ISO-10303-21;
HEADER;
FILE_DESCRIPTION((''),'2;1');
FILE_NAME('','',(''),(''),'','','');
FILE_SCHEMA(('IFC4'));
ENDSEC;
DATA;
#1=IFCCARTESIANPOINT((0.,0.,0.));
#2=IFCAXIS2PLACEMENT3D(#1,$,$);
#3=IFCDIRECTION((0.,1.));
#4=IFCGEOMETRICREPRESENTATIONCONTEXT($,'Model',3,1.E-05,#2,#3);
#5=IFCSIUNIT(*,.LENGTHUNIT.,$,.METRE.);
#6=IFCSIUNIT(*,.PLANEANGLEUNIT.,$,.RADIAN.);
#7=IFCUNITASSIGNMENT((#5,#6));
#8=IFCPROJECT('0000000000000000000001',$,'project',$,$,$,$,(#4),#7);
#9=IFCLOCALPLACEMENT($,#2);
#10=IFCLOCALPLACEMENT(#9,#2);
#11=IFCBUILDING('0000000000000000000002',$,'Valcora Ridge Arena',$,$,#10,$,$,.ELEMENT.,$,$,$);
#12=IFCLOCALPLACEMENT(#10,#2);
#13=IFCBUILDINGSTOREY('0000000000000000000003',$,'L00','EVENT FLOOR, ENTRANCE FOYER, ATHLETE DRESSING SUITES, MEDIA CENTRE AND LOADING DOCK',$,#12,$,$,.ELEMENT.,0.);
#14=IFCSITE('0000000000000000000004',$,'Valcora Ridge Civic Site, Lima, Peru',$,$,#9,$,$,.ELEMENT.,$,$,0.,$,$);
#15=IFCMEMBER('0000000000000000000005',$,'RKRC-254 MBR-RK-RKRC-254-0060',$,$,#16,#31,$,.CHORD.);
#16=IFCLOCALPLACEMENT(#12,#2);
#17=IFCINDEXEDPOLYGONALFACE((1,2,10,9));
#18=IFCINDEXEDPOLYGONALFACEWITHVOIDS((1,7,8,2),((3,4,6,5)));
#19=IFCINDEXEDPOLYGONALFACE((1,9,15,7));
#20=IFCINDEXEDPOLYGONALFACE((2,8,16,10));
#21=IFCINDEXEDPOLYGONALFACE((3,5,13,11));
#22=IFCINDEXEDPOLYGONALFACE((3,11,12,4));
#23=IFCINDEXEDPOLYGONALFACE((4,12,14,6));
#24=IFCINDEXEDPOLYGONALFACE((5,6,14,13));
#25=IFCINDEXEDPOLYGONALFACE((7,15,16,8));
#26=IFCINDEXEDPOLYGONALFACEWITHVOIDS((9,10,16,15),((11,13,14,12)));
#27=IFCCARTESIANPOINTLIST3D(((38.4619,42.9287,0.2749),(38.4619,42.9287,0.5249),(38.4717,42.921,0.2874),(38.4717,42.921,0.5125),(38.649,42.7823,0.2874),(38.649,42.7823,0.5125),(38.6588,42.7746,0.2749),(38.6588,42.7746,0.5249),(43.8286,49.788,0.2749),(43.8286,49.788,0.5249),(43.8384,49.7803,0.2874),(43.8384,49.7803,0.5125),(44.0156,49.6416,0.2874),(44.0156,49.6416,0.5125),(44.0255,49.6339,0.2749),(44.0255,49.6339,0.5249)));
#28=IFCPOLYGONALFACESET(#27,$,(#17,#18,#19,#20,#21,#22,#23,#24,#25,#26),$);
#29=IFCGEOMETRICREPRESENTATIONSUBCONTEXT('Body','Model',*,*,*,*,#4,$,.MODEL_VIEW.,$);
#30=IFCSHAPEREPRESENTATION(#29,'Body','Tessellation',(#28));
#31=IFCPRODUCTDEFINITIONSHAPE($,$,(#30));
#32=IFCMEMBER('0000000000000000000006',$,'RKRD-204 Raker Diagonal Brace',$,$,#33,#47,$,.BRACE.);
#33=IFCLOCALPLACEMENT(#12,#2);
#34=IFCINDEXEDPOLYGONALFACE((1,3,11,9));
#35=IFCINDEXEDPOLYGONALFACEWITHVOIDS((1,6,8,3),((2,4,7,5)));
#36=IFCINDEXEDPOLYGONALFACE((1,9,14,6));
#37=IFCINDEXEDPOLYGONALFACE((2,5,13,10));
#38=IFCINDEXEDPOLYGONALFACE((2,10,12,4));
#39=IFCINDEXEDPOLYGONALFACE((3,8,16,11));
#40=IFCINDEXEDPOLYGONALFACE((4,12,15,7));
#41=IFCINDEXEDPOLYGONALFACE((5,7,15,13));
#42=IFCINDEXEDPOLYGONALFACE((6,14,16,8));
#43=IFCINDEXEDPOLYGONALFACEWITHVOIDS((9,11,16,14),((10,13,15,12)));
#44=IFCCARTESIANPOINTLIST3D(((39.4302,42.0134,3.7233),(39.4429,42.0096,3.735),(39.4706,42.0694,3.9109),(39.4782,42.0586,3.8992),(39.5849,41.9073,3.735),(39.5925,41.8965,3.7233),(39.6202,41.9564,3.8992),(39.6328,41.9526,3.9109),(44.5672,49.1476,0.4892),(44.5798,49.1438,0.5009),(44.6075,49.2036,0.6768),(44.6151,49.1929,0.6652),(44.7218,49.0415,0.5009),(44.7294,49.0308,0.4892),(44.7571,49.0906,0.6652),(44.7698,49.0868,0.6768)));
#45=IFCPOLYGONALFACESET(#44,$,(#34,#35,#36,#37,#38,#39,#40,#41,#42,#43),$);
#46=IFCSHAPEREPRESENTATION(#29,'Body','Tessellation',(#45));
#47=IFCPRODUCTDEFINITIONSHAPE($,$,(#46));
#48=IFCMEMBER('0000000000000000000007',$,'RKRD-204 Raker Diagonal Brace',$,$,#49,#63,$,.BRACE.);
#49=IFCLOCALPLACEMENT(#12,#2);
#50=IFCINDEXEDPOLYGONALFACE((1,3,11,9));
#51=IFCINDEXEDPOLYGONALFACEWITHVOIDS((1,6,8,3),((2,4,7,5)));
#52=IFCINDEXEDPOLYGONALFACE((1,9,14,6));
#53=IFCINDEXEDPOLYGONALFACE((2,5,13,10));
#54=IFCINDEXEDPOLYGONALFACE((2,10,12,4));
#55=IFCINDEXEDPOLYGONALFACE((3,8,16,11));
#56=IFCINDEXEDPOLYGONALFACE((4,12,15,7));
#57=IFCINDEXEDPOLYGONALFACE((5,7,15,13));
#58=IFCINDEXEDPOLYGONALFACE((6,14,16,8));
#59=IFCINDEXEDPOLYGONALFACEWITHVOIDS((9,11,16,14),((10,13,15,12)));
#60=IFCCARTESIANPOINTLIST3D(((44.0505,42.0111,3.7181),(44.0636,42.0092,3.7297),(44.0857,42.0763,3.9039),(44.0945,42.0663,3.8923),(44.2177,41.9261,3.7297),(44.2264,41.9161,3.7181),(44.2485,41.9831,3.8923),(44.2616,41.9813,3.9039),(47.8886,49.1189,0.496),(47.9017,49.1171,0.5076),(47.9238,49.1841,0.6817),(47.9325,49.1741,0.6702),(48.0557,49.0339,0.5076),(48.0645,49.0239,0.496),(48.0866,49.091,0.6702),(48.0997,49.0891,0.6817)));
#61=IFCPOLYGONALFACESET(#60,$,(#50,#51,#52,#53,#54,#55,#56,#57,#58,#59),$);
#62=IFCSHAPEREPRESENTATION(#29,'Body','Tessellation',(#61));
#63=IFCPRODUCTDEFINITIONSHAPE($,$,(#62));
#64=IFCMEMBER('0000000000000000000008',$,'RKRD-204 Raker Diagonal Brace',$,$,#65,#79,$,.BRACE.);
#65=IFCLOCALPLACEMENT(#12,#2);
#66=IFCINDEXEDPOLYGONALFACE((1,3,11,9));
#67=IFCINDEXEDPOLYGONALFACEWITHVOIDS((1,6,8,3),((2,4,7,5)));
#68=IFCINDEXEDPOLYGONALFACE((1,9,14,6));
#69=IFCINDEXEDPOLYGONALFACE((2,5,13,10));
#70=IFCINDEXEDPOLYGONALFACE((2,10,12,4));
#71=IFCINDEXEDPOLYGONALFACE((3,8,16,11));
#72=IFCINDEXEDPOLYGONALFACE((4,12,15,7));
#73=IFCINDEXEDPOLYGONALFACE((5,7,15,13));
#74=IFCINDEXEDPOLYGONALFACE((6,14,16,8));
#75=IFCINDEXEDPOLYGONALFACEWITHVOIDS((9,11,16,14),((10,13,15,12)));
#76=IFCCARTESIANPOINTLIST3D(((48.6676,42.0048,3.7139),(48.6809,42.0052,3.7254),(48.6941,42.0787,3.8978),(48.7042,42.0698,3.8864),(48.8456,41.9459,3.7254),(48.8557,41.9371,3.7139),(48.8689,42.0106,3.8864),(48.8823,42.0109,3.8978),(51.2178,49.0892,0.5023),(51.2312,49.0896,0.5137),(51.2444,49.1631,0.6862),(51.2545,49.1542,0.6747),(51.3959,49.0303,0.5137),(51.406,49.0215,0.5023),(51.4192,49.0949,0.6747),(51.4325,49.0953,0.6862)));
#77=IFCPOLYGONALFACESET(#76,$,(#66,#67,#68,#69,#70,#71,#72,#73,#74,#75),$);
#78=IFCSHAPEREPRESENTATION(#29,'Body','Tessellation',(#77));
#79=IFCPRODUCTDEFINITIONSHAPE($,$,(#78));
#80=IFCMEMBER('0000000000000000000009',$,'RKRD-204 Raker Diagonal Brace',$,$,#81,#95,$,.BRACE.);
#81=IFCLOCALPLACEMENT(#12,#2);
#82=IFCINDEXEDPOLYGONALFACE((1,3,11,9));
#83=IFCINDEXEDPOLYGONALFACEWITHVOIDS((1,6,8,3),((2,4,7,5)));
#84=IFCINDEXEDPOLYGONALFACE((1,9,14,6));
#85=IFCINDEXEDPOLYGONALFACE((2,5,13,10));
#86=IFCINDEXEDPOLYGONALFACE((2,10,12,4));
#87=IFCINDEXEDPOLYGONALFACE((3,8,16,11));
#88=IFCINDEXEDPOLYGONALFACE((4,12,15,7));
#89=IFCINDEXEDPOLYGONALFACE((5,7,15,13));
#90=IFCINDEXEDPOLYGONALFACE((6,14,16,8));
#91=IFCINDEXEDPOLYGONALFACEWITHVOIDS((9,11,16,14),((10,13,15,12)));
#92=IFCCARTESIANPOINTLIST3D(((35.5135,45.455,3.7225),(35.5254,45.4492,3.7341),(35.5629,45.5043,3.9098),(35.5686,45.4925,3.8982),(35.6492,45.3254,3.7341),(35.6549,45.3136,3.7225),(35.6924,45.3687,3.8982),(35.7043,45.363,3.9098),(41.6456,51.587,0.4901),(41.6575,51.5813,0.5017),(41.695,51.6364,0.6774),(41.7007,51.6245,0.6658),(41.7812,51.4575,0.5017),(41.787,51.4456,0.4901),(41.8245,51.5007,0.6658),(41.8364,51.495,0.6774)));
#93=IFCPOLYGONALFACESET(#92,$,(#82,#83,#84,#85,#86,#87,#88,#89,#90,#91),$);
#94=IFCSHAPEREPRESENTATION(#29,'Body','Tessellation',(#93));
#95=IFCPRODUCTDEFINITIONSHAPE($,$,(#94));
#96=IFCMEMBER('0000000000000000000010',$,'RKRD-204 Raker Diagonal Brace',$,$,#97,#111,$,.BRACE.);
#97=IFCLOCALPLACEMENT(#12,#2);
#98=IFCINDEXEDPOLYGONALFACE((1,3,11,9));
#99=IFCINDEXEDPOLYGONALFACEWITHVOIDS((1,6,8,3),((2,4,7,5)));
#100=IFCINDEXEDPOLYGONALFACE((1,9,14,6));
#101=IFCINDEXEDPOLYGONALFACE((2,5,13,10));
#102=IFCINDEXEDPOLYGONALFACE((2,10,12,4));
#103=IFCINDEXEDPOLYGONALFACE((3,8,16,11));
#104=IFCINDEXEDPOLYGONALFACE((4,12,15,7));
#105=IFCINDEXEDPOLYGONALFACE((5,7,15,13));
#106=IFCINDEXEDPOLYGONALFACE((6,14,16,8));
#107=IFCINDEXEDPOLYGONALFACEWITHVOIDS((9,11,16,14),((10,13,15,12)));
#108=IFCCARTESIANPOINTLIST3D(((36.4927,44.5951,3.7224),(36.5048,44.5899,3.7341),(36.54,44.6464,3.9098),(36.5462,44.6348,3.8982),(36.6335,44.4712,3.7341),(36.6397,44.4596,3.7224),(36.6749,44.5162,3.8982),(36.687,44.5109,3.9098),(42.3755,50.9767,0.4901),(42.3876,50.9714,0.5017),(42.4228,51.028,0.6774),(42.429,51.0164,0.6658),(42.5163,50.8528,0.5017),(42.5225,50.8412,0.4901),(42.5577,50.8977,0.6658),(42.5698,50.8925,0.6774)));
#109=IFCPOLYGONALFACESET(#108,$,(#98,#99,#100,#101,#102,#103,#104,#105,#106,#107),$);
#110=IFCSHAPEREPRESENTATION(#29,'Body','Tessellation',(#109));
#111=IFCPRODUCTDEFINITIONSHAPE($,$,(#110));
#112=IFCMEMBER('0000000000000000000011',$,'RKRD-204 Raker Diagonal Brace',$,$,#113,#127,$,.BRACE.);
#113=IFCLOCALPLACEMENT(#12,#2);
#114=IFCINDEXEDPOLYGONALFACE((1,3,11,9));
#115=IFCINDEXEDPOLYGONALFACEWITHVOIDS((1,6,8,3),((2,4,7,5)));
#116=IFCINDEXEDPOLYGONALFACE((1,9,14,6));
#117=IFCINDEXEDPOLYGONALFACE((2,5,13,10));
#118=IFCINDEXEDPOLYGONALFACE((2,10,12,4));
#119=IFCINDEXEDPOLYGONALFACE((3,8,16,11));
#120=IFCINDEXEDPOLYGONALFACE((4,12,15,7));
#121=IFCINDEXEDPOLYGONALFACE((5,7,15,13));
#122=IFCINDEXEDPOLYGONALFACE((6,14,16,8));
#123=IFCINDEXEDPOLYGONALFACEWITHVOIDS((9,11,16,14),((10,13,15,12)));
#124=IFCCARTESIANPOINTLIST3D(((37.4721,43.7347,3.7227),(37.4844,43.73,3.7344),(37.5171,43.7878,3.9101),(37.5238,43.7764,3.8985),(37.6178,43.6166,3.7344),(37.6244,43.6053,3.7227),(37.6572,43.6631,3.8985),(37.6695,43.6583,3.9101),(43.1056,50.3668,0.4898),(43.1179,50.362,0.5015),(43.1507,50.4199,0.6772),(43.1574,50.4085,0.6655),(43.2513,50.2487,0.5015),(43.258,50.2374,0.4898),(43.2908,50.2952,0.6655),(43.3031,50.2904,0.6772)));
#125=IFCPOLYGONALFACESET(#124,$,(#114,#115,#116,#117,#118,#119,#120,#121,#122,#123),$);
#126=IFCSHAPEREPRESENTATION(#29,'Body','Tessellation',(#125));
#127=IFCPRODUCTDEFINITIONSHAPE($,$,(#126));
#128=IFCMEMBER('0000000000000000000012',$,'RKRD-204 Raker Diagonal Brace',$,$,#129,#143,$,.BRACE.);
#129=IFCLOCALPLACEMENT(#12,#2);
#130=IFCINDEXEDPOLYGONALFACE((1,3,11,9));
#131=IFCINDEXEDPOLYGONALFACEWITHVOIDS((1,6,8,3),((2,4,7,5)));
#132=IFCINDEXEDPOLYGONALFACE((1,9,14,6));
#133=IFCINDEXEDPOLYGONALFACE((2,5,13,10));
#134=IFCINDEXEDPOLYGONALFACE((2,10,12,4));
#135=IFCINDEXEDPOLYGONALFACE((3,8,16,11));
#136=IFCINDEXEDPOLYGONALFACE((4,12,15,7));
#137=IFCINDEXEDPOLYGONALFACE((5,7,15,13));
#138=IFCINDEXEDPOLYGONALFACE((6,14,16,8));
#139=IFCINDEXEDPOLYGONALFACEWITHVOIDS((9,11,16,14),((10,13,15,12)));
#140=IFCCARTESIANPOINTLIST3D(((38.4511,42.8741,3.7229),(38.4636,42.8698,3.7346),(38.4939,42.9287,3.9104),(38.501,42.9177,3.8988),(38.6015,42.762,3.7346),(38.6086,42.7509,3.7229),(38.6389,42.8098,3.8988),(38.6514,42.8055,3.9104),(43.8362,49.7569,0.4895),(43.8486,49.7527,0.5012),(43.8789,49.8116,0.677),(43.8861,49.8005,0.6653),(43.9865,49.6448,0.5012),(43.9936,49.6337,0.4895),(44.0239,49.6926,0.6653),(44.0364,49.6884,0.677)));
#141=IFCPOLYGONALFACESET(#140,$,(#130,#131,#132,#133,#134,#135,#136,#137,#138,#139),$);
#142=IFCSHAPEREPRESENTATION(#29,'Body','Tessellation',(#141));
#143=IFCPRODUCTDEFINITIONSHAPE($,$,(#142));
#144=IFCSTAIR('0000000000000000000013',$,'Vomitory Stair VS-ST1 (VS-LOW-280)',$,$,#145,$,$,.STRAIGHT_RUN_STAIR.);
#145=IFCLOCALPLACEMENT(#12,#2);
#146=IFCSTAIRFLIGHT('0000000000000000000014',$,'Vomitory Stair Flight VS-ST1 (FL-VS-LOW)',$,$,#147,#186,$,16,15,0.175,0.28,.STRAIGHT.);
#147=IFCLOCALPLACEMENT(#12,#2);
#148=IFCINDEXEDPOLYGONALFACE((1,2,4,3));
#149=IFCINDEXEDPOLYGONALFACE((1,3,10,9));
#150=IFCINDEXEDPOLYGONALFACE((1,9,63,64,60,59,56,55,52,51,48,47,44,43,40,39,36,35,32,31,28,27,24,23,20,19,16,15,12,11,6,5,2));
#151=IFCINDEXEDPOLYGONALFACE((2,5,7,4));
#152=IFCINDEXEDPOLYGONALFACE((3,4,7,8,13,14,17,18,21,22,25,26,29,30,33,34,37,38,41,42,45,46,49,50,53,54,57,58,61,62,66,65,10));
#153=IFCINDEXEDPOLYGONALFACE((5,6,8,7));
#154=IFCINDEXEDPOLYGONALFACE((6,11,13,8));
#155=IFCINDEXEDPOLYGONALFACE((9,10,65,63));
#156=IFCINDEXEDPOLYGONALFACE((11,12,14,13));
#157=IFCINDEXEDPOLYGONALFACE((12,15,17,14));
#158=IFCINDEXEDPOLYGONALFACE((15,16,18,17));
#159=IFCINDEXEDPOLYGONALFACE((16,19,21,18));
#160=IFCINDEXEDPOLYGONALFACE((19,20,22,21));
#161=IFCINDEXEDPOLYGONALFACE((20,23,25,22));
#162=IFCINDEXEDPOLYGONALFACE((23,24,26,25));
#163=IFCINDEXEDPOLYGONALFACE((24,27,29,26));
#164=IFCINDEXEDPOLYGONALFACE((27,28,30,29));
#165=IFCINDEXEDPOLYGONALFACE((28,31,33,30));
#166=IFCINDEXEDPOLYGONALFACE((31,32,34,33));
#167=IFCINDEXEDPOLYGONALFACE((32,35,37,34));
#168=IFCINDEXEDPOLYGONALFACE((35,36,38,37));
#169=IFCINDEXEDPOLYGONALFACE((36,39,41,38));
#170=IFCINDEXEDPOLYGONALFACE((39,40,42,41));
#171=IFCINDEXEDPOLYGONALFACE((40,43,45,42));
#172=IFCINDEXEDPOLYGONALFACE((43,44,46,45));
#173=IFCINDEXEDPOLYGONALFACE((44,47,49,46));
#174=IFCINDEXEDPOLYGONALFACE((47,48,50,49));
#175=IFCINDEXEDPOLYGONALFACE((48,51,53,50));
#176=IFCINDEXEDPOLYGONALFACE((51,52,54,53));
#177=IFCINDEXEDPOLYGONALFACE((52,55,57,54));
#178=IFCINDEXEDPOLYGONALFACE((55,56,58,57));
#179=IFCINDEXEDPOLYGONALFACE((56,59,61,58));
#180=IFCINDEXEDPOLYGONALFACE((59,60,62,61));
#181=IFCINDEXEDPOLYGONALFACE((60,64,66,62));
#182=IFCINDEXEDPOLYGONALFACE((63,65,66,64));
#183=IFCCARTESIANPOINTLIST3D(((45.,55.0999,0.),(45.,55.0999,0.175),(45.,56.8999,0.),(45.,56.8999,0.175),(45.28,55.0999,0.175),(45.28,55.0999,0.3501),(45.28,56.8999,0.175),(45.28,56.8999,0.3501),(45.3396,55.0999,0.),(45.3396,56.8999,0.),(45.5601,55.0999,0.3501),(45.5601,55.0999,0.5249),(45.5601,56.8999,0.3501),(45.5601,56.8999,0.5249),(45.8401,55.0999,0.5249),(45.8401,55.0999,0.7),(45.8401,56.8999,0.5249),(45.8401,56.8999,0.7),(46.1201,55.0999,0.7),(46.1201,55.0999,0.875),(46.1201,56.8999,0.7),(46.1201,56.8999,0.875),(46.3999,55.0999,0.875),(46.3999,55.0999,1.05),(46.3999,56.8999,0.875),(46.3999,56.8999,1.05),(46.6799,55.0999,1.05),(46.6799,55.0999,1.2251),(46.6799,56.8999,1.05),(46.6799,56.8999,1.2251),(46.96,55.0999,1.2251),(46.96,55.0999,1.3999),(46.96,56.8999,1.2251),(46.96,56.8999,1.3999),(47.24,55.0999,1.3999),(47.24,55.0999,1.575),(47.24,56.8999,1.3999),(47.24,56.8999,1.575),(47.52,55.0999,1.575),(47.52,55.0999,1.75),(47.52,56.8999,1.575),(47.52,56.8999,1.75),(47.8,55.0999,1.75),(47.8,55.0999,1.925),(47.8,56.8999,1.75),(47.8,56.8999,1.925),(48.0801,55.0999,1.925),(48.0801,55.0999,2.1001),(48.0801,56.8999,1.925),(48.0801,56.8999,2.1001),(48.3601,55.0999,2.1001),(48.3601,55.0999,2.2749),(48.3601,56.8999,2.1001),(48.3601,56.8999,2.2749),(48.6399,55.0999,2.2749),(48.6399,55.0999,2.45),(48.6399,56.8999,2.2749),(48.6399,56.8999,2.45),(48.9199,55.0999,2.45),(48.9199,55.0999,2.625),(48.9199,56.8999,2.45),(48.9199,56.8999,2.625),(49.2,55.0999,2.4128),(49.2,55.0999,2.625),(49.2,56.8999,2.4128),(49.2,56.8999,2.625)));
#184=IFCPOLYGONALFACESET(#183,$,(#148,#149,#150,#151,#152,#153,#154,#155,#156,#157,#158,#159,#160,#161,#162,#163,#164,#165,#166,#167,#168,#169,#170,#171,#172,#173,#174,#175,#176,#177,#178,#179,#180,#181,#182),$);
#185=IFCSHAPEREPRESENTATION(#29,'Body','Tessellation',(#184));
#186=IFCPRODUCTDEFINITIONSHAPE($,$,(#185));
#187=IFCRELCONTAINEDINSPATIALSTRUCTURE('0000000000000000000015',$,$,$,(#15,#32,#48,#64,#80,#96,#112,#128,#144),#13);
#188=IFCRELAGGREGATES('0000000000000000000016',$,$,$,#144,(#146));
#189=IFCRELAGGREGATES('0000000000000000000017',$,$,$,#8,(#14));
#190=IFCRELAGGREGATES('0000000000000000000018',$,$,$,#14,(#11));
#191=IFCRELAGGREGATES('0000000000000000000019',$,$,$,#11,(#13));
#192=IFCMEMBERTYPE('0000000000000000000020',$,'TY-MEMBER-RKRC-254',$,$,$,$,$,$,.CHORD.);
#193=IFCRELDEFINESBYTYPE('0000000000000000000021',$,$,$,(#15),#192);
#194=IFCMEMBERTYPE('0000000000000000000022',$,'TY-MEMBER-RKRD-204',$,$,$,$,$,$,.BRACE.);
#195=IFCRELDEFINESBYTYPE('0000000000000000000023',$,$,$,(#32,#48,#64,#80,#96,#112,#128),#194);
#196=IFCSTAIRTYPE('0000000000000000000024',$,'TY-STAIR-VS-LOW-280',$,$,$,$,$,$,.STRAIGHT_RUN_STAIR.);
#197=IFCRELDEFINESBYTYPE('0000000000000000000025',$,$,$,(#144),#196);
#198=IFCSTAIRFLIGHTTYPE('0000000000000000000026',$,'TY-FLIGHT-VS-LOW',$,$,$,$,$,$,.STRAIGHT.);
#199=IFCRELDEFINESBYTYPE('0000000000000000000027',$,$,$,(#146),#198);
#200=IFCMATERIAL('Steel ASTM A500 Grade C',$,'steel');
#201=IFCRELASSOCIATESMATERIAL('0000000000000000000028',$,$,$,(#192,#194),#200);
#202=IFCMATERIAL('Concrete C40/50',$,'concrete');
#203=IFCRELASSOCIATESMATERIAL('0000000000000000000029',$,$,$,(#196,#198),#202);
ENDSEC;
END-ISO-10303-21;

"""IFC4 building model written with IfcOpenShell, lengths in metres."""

from ifc_helpers import new_model, si_unit, direction, frame, origin, origin_2d, place, context, subcontext, project, spatial, polyline, hollow_rectangle, outline, extrude, material, material_profile, profile_set, type_object, element, aggregate, save


model = new_model("IFC4")

# Units and contexts
model_context = context("Model", 3, precision=1e-05, world=origin(), true_north=direction((0.0, 1.0)))
body_context = subcontext(model_context, "Body", "Model", "MODEL_VIEW")
ifc_project = project(units=[si_unit("LENGTHUNIT", "METRE"), si_unit("PLANEANGLEUNIT", "RADIAN")], contexts=[model_context])

# Site, building, storey
site_placement = place(None, origin())
site = spatial("IfcSite", under=ifc_project, at=site_placement, Name="Valcora Ridge Civic Site, Lima, Peru", CompositionType="ELEMENT", RefElevation=0.0)
building_placement = place(site_placement, origin())
building = spatial("IfcBuilding", under=site, at=building_placement, Name="Valcora Ridge Arena", CompositionType="ELEMENT")
storey_placement = place(building_placement, origin())
storey = spatial("IfcBuildingStorey", under=building, at=storey_placement, Name="L00", Description="EVENT FLOOR, ENTRANCE FOYER, ATHLETE DRESSING SUITES, MEDIA CENTRE AND LOADING DOCK", CompositionType="ELEMENT", Elevation=0.0)

# Shared definitions
ifc_material_1 = material(Name="Concrete C40/50", Category="concrete")

# Members
ifc_material_2 = material(Name="Steel ASTM A500 Grade C", Category="steel")
ifc_material_profile_1 = material_profile(ifc_material_2, hollow_rectangle(XDim=0.25, YDim=0.25, WallThickness=0.0125, at=origin_2d()), Name="HSS250X250X12")
ifc_profile_set_1 = profile_set([ifc_material_profile_1], Name="Steel ASTM A500 Grade C")
member_type_1 = type_object("IfcMemberType", Name="TY-MEMBER-RKRC-254", PredefinedType="CHORD", material=ifc_profile_set_1)
member_1_placement = place(storey_placement, frame((43.927, 49.7109, 0.3999), z_axis=(-0.616201, -0.787589, 0.0), x_axis=(0.787589, -0.616201, 0.0)))
element("IfcMember", 1, at=member_1_placement, inside=storey, type_object=member_type_1, Name="RKRC-254 MBR-RK-RKRC-254-0060", PredefinedType="CHORD", context=body_context, shape_type="SweptSolid", body=[
    extrude(hollow_rectangle(XDim=0.25, YDim=0.25, WallThickness=0.0125, at=origin_2d()), origin(), (0.0, 0.0, 1.0), 8.7092),
])
ifc_material_profile_2 = material_profile(ifc_material_2, hollow_rectangle(XDim=0.2, YDim=0.2, WallThickness=0.0125, at=origin_2d()), Name="HSS200X200X12")
ifc_profile_set_2 = profile_set([ifc_material_profile_2], Name="Steel ASTM A500 Grade C")
member_type_2 = type_object("IfcMemberType", Name="TY-MEMBER-RKRD-204", PredefinedType="BRACE", material=ifc_profile_set_2)
member_2_placement = place(storey_placement, frame((44.6685, 49.1172, 0.583), z_axis=(-0.548394, -0.761617, 0.345258), x_axis=(0.811519, -0.584326, 0.0)))
element("IfcMember", 2, at=member_2_placement, inside=storey, type_object=member_type_2, Name="RKRD-204 Raker Diagonal Brace", PredefinedType="BRACE", context=body_context, shape_type="SweptSolid", body=[
    extrude(hollow_rectangle(XDim=0.2, YDim=0.2, WallThickness=0.0125, at=origin_2d()), origin(), (0.0, 0.0, 1.0), 9.3672),
])
member_3_placement = place(storey_placement, frame((47.9941, 49.104, 0.5889), z_axis=(-0.441322, -0.817293, 0.370496), x_axis=(0.879912, -0.475136, 0.0)))
element("IfcMember", 3, at=member_3_placement, inside=storey, type_object=member_type_2, Name="RKRD-204 Raker Diagonal Brace", PredefinedType="BRACE", context=body_context, shape_type="SweptSolid", body=[
    extrude(hollow_rectangle(XDim=0.2, YDim=0.2, WallThickness=0.0125, at=origin_2d()), origin(), (0.0, 0.0, 1.0), 8.6968),
])
member_4_placement = place(storey_placement, frame((51.3252, 49.0923, 0.5942), z_axis=(-0.311548, -0.865451, 0.392343), x_axis=(0.940892, -0.338706, 0.0)))
element("IfcMember", 4, at=member_4_placement, inside=storey, type_object=member_type_2, Name="RKRD-204 Raker Diagonal Brace", PredefinedType="BRACE", context=body_context, shape_type="SweptSolid", body=[
    extrude(hollow_rectangle(XDim=0.2, YDim=0.2, WallThickness=0.0125, at=origin_2d()), origin(), (0.0, 0.0, 1.0), 8.1858),
])
member_5_placement = place(storey_placement, frame((41.741, 51.541, 0.5837), z_axis=(-0.662576, -0.662576, 0.349266), x_axis=(0.707107, -0.707107, 0.0)))
element("IfcMember", 5, at=member_5_placement, inside=storey, type_object=member_type_2, Name="RKRD-204 Raker Diagonal Brace", PredefinedType="BRACE", context=body_context, shape_type="SweptSolid", body=[
    extrude(hollow_rectangle(XDim=0.2, YDim=0.2, WallThickness=0.0125, at=origin_2d()), origin(), (0.0, 0.0, 1.0), 9.2549),
])
member_6_placement = place(storey_placement, frame((42.4727, 50.9346, 0.5837), z_axis=(-0.63517, -0.689024, 0.349006), x_axis=(0.735256, -0.677789, 0.0)))
element("IfcMember", 6, at=member_6_placement, inside=storey, type_object=member_type_2, Name="RKRD-204 Raker Diagonal Brace", PredefinedType="BRACE", context=body_context, shape_type="SweptSolid", body=[
    extrude(hollow_rectangle(XDim=0.2, YDim=0.2, WallThickness=0.0125, at=origin_2d()), origin(), (0.0, 0.0, 1.0), 9.2617),
])
member_7_placement = place(storey_placement, frame((43.2043, 50.3286, 0.5835), z_axis=(-0.606871, -0.714437, 0.348264), x_axis=(0.76215, -0.6474, 0.0)))
element("IfcMember", 7, at=member_7_placement, inside=storey, type_object=member_type_2, Name="RKRD-204 Raker Diagonal Brace", PredefinedType="BRACE", context=body_context, shape_type="SweptSolid", body=[
    extrude(hollow_rectangle(XDim=0.2, YDim=0.2, WallThickness=0.0125, at=origin_2d()), origin(), (0.0, 0.0, 1.0), 9.283),
])
member_8_placement = place(storey_placement, frame((43.9363, 49.7227, 0.5833), z_axis=(-0.577911, -0.738653, 0.347003), x_axis=(0.78759, -0.616199, 0.0)))
element("IfcMember", 8, at=member_8_placement, inside=storey, type_object=member_type_2, Name="RKRD-204 Raker Diagonal Brace", PredefinedType="BRACE", context=body_context, shape_type="SweptSolid", body=[
    extrude(hollow_rectangle(XDim=0.2, YDim=0.2, WallThickness=0.0125, at=origin_2d()), origin(), (0.0, 0.0, 1.0), 9.3181),
])

# Stair, stair flight
stair_type = type_object("IfcStairType", Name="TY-STAIR-VS-LOW-280", PredefinedType="STRAIGHT_RUN_STAIR", material=ifc_material_1)
stair_1_placement = place(storey_placement, origin())
stair_1 = element("IfcStair", 9, at=stair_1_placement, inside=storey, type_object=stair_type, Name="Vomitory Stair VS-ST1 (VS-LOW-280)", PredefinedType="STRAIGHT_RUN_STAIR")
stair_flight_type = type_object("IfcStairFlightType", Name="TY-FLIGHT-VS-LOW", PredefinedType="STRAIGHT", material=ifc_material_1)
stair_flight_1_placement = place(storey_placement, frame((45.0, 56.0, 0.0), z_axis=(0.0, 0.0, 1.0), x_axis=(1.0, 0.0, 0.0)))
stair_flight_1 = element("IfcStairFlight", 10, at=stair_flight_1_placement, type_object=stair_flight_type, Name="Vomitory Stair Flight VS-ST1 (FL-VS-LOW)", NumberOfRisers=16, NumberOfTreads=15, PredefinedType="STRAIGHT", RiserHeight=0.175, TreadLength=0.28, context=body_context, shape_type="SweptSolid", body=[
    extrude(outline(polyline([(0.0, 0.0), (0.0, 0.175), (0.28, 0.175), (0.28, 0.3501), (0.5601, 0.3501), (0.5601, 0.5249), (0.8401, 0.5249), (0.8401, 0.7), (1.1201, 0.7), (1.1201, 0.875), (1.3999, 0.875), (1.3999, 1.05), (1.6799, 1.05), (1.6799, 1.2251), (1.96, 1.2251), (1.96, 1.3999), (2.24, 1.3999), (2.24, 1.575), (2.52, 1.575), (2.52, 1.75), (2.8, 1.75), (2.8, 1.925), (3.0801, 1.925), (3.0801, 2.1001), (3.3601, 2.1001), (3.3601, 2.2749), (3.6399, 2.2749), (3.6399, 2.45), (3.9199, 2.45), (3.9199, 2.625), (4.2, 2.625), (4.2, 2.8), (4.2, 2.4128), (0.3396, 0.0), (0.0, 0.0)])), frame((0.0, 0.8999, 0.0), z_axis=(0.0, -1.0, 0.0), x_axis=(1.0, 0.0, 0.0)), (0.0, 0.0, 1.0), 1.8),
])
aggregate(stair_1, [stair_flight_1])

save(model, "model.ifc")
